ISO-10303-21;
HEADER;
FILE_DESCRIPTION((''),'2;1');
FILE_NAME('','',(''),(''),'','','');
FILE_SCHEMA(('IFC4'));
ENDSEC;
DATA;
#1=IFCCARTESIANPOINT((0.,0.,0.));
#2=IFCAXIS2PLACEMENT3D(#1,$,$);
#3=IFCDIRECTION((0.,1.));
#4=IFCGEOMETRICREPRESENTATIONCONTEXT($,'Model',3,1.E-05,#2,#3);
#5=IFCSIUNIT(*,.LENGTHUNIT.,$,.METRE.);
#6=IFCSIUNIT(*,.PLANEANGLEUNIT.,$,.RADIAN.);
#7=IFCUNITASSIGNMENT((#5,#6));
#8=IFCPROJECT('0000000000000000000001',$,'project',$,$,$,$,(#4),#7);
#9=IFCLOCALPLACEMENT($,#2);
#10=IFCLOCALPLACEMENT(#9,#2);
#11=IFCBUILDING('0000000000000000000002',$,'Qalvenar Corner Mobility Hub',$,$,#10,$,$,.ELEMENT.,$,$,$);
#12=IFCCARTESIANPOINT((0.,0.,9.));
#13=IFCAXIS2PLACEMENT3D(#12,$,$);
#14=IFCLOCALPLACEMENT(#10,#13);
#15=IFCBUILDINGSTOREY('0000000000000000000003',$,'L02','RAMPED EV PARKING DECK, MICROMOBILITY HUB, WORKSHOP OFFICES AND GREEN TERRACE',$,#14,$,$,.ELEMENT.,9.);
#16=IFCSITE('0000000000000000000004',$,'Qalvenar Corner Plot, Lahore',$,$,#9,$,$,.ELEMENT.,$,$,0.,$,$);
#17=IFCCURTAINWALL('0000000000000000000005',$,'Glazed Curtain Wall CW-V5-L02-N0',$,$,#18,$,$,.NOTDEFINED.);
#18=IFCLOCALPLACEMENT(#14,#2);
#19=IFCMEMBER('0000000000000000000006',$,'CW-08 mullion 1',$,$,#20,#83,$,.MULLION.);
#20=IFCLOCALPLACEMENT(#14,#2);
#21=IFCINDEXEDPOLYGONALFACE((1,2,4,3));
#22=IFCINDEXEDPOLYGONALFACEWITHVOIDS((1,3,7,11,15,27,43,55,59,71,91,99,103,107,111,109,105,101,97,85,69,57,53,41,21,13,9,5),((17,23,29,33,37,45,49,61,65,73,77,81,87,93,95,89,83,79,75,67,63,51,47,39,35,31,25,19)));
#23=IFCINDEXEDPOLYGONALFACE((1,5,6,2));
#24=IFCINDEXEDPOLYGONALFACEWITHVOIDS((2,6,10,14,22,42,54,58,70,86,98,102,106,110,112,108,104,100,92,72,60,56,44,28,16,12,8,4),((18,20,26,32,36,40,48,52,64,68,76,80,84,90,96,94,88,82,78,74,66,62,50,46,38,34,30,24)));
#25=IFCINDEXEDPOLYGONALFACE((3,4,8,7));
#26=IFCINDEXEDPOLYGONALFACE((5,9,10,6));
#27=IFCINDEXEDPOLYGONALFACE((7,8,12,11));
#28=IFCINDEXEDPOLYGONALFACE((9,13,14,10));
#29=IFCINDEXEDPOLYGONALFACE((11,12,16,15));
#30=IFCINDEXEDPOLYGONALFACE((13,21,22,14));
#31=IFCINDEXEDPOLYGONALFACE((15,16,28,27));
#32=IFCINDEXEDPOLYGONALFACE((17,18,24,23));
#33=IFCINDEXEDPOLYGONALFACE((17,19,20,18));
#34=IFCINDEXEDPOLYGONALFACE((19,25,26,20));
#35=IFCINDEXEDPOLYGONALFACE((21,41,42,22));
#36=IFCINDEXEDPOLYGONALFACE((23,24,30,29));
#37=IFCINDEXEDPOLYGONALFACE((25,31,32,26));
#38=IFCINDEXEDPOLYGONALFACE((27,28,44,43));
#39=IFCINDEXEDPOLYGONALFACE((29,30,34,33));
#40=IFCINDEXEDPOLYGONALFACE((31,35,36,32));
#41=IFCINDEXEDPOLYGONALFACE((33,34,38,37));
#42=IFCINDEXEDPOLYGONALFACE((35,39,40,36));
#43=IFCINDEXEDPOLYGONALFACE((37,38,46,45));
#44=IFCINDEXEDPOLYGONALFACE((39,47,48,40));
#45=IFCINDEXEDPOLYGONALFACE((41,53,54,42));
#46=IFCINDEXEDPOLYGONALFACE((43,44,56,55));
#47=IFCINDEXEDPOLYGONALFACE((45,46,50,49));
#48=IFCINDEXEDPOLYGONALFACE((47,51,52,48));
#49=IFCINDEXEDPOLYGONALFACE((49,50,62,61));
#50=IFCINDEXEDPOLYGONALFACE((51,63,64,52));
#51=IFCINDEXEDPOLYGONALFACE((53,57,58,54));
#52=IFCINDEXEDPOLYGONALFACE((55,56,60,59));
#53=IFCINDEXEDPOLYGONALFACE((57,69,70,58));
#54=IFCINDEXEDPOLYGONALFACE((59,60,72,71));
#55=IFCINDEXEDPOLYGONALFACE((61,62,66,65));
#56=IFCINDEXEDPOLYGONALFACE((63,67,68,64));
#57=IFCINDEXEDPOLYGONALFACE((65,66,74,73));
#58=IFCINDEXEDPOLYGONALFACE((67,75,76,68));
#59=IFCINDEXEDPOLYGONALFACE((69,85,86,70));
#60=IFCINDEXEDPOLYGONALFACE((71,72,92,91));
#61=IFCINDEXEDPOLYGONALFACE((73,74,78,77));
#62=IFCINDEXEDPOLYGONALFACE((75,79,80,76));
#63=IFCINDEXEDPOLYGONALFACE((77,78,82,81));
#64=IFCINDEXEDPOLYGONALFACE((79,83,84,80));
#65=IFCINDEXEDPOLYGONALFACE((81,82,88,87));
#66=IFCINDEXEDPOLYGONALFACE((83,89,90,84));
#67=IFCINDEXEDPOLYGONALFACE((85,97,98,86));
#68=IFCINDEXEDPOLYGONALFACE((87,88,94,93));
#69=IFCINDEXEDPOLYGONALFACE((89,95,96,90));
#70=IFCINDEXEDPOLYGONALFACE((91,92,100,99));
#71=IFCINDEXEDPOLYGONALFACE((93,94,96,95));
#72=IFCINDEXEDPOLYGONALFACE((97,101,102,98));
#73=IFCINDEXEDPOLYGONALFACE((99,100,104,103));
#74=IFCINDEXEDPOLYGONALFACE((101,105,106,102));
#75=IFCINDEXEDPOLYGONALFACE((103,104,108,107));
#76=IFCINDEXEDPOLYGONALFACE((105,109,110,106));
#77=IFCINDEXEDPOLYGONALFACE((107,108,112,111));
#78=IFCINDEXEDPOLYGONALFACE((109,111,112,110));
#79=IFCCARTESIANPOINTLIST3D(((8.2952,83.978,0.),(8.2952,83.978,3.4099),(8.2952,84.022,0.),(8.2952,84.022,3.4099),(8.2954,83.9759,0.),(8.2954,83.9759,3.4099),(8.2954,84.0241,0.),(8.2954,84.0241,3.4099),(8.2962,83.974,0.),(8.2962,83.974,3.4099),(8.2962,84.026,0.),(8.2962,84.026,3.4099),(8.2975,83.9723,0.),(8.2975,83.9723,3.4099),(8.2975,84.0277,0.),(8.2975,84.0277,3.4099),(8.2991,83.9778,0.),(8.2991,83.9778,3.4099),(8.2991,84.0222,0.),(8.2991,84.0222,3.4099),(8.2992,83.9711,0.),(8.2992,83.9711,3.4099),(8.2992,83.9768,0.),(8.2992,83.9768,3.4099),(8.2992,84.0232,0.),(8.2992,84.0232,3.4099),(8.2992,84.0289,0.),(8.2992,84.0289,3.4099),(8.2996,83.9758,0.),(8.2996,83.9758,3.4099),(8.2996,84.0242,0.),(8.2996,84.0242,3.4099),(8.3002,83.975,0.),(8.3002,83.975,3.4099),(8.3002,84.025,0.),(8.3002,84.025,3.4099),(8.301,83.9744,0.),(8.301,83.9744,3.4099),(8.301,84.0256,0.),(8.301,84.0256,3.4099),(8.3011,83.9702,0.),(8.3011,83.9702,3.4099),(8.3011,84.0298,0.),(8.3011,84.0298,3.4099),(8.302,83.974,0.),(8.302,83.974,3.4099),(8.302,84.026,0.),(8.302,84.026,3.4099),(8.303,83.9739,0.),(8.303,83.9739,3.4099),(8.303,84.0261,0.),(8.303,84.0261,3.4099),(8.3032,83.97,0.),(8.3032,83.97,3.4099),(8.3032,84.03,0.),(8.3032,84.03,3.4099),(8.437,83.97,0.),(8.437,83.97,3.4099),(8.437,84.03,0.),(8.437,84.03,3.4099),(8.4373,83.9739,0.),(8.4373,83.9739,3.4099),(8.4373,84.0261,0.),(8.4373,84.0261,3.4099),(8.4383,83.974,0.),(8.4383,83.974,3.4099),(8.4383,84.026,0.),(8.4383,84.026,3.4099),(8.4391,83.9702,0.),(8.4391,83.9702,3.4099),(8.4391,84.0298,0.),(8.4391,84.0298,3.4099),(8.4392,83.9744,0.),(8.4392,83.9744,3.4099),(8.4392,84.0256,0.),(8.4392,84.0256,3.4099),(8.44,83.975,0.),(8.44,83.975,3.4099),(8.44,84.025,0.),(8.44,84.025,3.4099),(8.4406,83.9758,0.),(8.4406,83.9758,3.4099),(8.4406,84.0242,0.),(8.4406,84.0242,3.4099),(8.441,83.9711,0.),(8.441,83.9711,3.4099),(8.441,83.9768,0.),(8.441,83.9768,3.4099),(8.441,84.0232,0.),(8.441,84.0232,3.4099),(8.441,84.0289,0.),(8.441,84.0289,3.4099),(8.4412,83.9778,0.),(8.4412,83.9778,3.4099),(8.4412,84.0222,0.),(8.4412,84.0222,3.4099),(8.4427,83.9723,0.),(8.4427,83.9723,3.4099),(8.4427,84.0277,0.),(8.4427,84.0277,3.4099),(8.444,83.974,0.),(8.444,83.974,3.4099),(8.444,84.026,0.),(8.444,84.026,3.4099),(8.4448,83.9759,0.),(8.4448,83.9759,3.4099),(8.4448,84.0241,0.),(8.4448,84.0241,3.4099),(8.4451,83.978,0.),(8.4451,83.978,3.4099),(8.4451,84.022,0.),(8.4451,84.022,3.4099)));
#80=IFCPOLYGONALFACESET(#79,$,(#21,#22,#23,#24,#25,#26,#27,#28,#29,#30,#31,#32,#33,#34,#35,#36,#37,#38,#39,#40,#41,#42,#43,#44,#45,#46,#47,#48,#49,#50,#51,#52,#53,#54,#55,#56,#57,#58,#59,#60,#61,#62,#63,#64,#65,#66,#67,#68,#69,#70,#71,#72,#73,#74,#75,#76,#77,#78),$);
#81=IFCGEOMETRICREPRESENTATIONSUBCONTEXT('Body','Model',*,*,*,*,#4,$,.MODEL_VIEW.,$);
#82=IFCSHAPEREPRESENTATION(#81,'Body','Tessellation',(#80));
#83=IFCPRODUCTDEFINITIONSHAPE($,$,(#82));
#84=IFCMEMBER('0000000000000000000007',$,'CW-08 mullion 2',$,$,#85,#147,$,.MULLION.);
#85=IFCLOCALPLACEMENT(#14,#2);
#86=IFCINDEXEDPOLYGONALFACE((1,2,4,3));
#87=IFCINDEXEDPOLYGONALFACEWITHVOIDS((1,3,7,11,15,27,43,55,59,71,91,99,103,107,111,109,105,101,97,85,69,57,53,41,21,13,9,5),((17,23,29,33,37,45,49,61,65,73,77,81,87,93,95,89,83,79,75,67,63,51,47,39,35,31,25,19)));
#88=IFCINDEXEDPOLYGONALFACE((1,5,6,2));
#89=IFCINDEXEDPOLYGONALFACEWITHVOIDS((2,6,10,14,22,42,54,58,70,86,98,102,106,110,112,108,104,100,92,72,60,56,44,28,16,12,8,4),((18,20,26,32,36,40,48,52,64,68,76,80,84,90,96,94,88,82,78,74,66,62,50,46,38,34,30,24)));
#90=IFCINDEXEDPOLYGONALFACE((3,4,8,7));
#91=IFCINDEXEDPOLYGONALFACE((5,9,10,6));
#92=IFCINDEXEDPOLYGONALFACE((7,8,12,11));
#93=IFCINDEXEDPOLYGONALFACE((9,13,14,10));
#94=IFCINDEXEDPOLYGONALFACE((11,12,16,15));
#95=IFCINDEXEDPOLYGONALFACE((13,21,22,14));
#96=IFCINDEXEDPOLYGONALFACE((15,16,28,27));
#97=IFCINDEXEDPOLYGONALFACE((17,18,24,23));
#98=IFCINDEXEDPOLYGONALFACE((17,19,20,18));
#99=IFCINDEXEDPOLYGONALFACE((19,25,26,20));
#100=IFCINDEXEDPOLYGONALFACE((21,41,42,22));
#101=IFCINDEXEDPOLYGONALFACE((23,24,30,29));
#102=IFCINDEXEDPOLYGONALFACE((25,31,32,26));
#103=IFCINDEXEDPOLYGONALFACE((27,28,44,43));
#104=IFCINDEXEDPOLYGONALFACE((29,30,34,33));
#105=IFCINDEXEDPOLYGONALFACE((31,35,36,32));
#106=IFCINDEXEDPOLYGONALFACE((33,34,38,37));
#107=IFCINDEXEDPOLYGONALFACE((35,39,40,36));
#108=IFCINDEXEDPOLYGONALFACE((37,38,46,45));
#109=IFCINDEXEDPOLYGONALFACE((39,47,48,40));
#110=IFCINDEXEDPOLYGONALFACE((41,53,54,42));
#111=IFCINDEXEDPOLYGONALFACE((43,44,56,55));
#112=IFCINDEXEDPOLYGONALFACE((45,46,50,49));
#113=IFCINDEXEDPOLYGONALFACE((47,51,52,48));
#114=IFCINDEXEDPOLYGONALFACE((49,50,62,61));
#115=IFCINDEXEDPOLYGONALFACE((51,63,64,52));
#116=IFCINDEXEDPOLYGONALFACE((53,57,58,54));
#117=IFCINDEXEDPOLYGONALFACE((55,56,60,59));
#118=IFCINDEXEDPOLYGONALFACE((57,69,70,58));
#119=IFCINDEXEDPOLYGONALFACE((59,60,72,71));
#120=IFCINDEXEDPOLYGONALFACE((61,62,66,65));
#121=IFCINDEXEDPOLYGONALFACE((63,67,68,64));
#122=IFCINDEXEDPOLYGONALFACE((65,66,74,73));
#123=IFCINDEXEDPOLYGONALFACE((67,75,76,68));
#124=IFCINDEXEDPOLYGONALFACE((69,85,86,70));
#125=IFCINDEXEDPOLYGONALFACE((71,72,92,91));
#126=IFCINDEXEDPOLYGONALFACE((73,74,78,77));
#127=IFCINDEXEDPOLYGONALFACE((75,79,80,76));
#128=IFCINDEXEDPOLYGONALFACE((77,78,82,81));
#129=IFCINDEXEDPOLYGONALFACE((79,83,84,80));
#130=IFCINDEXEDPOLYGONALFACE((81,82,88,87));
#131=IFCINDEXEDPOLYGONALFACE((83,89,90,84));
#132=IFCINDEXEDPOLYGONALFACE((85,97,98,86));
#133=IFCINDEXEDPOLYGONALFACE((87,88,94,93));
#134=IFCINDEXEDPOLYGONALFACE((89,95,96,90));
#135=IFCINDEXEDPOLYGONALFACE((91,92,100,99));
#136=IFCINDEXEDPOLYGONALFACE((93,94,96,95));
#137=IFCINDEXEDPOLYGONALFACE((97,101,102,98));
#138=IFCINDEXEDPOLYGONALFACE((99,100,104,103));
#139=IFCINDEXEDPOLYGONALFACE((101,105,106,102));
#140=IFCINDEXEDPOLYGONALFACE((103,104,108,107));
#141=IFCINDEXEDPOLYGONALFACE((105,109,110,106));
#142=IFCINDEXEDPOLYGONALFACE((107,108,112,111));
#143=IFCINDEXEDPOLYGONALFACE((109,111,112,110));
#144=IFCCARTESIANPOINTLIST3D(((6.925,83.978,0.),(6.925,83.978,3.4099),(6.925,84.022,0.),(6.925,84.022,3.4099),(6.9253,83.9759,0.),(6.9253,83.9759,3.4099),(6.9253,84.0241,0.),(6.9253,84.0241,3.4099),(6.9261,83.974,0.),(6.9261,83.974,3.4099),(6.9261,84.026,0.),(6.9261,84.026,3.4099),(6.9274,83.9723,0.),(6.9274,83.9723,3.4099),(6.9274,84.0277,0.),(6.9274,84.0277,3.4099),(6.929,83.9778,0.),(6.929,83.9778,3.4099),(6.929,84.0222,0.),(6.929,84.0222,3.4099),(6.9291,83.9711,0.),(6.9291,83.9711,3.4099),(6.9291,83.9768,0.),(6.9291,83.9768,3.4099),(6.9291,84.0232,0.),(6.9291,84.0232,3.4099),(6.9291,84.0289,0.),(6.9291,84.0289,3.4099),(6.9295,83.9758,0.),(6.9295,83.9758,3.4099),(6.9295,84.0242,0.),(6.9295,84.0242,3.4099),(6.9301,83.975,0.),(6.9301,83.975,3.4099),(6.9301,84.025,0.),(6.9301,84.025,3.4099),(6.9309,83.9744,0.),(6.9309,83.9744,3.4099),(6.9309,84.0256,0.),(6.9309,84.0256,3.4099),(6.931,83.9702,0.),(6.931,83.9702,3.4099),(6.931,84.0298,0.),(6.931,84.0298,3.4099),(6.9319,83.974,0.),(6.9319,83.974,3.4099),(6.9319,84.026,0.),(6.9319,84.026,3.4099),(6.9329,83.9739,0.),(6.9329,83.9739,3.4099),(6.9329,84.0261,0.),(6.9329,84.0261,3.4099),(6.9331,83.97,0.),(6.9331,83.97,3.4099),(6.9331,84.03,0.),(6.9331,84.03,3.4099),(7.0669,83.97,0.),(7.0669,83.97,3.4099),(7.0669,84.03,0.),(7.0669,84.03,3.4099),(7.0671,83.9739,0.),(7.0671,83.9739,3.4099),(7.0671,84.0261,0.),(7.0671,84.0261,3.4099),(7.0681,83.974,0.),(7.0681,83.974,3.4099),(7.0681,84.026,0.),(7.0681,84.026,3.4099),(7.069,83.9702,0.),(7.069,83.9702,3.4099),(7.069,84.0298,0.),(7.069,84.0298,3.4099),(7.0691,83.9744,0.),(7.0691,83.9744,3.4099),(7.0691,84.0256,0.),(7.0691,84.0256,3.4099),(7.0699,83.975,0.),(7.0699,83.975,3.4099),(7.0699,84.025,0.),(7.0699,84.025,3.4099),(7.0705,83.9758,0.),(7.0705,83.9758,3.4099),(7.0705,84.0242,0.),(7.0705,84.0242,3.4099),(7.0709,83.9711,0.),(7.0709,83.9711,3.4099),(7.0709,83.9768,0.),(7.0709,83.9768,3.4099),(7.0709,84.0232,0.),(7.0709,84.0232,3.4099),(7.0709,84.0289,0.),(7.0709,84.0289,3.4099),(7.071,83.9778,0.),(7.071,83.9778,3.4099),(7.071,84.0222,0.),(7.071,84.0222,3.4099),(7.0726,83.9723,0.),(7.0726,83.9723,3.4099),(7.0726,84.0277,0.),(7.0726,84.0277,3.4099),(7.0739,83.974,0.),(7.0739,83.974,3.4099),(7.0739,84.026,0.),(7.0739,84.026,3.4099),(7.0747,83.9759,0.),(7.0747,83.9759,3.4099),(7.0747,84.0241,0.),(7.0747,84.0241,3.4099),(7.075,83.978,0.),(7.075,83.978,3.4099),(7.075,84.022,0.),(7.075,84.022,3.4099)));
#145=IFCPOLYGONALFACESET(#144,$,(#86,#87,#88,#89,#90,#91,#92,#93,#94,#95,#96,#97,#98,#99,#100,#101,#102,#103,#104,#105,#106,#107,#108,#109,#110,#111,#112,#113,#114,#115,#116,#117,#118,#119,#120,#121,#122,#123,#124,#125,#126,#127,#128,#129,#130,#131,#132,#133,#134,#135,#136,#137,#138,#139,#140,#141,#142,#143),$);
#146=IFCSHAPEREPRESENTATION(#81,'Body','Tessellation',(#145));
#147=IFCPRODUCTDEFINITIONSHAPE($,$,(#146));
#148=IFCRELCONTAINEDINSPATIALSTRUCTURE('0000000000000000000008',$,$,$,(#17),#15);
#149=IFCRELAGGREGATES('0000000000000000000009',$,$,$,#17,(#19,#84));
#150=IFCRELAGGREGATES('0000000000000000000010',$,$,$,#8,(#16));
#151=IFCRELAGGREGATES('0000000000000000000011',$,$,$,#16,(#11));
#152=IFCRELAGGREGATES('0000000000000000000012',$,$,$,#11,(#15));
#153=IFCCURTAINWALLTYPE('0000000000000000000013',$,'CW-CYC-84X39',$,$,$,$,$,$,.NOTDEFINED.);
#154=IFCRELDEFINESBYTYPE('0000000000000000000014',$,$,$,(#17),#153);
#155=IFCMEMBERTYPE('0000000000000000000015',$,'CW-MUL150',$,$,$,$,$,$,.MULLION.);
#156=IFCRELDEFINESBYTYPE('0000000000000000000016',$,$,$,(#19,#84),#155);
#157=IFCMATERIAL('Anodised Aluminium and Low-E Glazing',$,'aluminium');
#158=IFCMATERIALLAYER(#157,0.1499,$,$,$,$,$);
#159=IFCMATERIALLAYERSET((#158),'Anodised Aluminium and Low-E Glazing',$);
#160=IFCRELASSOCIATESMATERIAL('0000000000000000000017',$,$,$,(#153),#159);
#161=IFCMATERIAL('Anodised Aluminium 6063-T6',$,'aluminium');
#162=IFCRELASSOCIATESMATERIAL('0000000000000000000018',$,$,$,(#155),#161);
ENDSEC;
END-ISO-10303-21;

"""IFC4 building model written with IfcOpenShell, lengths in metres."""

from ifc_helpers import new_model, si_unit, direction, frame, origin, origin_2d, place, context, subcontext, project, spatial, hollow_rectangle, extrude, material, layer, layer_set, material_profile, profile_set, type_object, element, aggregate, save


model = new_model("IFC4")

# Units and contexts
model_context = context("Model", 3, precision=1e-05, world=origin(), true_north=direction((0.0, 1.0)))
body_context = subcontext(model_context, "Body", "Model", "MODEL_VIEW")
ifc_project = project(units=[si_unit("LENGTHUNIT", "METRE"), si_unit("PLANEANGLEUNIT", "RADIAN")], contexts=[model_context])

# Site, building, storey
site_placement = place(None, origin())
site = spatial("IfcSite", under=ifc_project, at=site_placement, Name="Qalvenar Corner Plot, Lahore", CompositionType="ELEMENT", RefElevation=0.0)
building_placement = place(site_placement, origin())
building = spatial("IfcBuilding", under=site, at=building_placement, Name="Qalvenar Corner Mobility Hub", CompositionType="ELEMENT")
storey_placement = place(building_placement, frame((0.0, 0.0, 9.0)))
storey = spatial("IfcBuildingStorey", under=building, at=storey_placement, Name="L02", Description="RAMPED EV PARKING DECK, MICROMOBILITY HUB, WORKSHOP OFFICES AND GREEN TERRACE", CompositionType="ELEMENT", Elevation=9.0)

# Curtain wall, members
ifc_material_1 = material(Name="Anodised Aluminium and Low-E Glazing", Category="aluminium")
ifc_layer_1 = layer(ifc_material_1, 0.1499)
ifc_layer_set_1 = layer_set([ifc_layer_1], Name="Anodised Aluminium and Low-E Glazing")
curtain_wall_type = type_object("IfcCurtainWallType", Name="CW-CYC-84X39", PredefinedType="NOTDEFINED", material=ifc_layer_set_1)
curtain_wall_1_placement = place(storey_placement, origin())
curtain_wall_1 = element("IfcCurtainWall", 1, at=curtain_wall_1_placement, inside=storey, type_object=curtain_wall_type, Name="Glazed Curtain Wall CW-V5-L02-N0", PredefinedType="NOTDEFINED")
ifc_material_2 = material(Name="Anodised Aluminium 6063-T6", Category="aluminium")
ifc_material_profile_1 = material_profile(ifc_material_2, hollow_rectangle(XDim=0.0601, YDim=0.1499, WallThickness=0.0039, InnerFilletRadius=0.0039, OuterFilletRadius=0.0081, at=origin_2d()), Name="RHS150x60x4")
ifc_profile_set_1 = profile_set([ifc_material_profile_1], Name="Anodised Aluminium 6063-T6")
member_type_1 = type_object("IfcMemberType", Name="CW-MUL150", PredefinedType="MULLION", material=ifc_profile_set_1)
member_1_placement = place(storey_placement, frame((8.3701, 84.0, 0.0), z_axis=(0.0, 0.0, 1.0), x_axis=(0.0, -1.0, 0.0)))
member_1 = element("IfcMember", 2, at=member_1_placement, type_object=member_type_1, Name="CW-08 mullion 1", PredefinedType="MULLION", context=body_context, shape_type="SweptSolid", body=[
    extrude(hollow_rectangle(XDim=0.0601, YDim=0.1499, WallThickness=0.0039, InnerFilletRadius=0.0039, OuterFilletRadius=0.0081, at=origin_2d()), origin(), (0.0, 0.0, 1.0), 3.4099),
])
member_2_placement = place(storey_placement, frame((7.0, 84.0, 0.0), z_axis=(0.0, 0.0, 1.0), x_axis=(0.0, -1.0, 0.0)))
member_2 = element("IfcMember", 3, at=member_2_placement, type_object=member_type_1, Name="CW-08 mullion 2", PredefinedType="MULLION", context=body_context, shape_type="SweptSolid", body=[
    extrude(hollow_rectangle(XDim=0.0601, YDim=0.1499, WallThickness=0.0039, InnerFilletRadius=0.0039, OuterFilletRadius=0.0081, at=origin_2d()), origin(), (0.0, 0.0, 1.0), 3.4099),
])

aggregate(curtain_wall_1, [member_1, member_2])

save(model, "model.ifc")
